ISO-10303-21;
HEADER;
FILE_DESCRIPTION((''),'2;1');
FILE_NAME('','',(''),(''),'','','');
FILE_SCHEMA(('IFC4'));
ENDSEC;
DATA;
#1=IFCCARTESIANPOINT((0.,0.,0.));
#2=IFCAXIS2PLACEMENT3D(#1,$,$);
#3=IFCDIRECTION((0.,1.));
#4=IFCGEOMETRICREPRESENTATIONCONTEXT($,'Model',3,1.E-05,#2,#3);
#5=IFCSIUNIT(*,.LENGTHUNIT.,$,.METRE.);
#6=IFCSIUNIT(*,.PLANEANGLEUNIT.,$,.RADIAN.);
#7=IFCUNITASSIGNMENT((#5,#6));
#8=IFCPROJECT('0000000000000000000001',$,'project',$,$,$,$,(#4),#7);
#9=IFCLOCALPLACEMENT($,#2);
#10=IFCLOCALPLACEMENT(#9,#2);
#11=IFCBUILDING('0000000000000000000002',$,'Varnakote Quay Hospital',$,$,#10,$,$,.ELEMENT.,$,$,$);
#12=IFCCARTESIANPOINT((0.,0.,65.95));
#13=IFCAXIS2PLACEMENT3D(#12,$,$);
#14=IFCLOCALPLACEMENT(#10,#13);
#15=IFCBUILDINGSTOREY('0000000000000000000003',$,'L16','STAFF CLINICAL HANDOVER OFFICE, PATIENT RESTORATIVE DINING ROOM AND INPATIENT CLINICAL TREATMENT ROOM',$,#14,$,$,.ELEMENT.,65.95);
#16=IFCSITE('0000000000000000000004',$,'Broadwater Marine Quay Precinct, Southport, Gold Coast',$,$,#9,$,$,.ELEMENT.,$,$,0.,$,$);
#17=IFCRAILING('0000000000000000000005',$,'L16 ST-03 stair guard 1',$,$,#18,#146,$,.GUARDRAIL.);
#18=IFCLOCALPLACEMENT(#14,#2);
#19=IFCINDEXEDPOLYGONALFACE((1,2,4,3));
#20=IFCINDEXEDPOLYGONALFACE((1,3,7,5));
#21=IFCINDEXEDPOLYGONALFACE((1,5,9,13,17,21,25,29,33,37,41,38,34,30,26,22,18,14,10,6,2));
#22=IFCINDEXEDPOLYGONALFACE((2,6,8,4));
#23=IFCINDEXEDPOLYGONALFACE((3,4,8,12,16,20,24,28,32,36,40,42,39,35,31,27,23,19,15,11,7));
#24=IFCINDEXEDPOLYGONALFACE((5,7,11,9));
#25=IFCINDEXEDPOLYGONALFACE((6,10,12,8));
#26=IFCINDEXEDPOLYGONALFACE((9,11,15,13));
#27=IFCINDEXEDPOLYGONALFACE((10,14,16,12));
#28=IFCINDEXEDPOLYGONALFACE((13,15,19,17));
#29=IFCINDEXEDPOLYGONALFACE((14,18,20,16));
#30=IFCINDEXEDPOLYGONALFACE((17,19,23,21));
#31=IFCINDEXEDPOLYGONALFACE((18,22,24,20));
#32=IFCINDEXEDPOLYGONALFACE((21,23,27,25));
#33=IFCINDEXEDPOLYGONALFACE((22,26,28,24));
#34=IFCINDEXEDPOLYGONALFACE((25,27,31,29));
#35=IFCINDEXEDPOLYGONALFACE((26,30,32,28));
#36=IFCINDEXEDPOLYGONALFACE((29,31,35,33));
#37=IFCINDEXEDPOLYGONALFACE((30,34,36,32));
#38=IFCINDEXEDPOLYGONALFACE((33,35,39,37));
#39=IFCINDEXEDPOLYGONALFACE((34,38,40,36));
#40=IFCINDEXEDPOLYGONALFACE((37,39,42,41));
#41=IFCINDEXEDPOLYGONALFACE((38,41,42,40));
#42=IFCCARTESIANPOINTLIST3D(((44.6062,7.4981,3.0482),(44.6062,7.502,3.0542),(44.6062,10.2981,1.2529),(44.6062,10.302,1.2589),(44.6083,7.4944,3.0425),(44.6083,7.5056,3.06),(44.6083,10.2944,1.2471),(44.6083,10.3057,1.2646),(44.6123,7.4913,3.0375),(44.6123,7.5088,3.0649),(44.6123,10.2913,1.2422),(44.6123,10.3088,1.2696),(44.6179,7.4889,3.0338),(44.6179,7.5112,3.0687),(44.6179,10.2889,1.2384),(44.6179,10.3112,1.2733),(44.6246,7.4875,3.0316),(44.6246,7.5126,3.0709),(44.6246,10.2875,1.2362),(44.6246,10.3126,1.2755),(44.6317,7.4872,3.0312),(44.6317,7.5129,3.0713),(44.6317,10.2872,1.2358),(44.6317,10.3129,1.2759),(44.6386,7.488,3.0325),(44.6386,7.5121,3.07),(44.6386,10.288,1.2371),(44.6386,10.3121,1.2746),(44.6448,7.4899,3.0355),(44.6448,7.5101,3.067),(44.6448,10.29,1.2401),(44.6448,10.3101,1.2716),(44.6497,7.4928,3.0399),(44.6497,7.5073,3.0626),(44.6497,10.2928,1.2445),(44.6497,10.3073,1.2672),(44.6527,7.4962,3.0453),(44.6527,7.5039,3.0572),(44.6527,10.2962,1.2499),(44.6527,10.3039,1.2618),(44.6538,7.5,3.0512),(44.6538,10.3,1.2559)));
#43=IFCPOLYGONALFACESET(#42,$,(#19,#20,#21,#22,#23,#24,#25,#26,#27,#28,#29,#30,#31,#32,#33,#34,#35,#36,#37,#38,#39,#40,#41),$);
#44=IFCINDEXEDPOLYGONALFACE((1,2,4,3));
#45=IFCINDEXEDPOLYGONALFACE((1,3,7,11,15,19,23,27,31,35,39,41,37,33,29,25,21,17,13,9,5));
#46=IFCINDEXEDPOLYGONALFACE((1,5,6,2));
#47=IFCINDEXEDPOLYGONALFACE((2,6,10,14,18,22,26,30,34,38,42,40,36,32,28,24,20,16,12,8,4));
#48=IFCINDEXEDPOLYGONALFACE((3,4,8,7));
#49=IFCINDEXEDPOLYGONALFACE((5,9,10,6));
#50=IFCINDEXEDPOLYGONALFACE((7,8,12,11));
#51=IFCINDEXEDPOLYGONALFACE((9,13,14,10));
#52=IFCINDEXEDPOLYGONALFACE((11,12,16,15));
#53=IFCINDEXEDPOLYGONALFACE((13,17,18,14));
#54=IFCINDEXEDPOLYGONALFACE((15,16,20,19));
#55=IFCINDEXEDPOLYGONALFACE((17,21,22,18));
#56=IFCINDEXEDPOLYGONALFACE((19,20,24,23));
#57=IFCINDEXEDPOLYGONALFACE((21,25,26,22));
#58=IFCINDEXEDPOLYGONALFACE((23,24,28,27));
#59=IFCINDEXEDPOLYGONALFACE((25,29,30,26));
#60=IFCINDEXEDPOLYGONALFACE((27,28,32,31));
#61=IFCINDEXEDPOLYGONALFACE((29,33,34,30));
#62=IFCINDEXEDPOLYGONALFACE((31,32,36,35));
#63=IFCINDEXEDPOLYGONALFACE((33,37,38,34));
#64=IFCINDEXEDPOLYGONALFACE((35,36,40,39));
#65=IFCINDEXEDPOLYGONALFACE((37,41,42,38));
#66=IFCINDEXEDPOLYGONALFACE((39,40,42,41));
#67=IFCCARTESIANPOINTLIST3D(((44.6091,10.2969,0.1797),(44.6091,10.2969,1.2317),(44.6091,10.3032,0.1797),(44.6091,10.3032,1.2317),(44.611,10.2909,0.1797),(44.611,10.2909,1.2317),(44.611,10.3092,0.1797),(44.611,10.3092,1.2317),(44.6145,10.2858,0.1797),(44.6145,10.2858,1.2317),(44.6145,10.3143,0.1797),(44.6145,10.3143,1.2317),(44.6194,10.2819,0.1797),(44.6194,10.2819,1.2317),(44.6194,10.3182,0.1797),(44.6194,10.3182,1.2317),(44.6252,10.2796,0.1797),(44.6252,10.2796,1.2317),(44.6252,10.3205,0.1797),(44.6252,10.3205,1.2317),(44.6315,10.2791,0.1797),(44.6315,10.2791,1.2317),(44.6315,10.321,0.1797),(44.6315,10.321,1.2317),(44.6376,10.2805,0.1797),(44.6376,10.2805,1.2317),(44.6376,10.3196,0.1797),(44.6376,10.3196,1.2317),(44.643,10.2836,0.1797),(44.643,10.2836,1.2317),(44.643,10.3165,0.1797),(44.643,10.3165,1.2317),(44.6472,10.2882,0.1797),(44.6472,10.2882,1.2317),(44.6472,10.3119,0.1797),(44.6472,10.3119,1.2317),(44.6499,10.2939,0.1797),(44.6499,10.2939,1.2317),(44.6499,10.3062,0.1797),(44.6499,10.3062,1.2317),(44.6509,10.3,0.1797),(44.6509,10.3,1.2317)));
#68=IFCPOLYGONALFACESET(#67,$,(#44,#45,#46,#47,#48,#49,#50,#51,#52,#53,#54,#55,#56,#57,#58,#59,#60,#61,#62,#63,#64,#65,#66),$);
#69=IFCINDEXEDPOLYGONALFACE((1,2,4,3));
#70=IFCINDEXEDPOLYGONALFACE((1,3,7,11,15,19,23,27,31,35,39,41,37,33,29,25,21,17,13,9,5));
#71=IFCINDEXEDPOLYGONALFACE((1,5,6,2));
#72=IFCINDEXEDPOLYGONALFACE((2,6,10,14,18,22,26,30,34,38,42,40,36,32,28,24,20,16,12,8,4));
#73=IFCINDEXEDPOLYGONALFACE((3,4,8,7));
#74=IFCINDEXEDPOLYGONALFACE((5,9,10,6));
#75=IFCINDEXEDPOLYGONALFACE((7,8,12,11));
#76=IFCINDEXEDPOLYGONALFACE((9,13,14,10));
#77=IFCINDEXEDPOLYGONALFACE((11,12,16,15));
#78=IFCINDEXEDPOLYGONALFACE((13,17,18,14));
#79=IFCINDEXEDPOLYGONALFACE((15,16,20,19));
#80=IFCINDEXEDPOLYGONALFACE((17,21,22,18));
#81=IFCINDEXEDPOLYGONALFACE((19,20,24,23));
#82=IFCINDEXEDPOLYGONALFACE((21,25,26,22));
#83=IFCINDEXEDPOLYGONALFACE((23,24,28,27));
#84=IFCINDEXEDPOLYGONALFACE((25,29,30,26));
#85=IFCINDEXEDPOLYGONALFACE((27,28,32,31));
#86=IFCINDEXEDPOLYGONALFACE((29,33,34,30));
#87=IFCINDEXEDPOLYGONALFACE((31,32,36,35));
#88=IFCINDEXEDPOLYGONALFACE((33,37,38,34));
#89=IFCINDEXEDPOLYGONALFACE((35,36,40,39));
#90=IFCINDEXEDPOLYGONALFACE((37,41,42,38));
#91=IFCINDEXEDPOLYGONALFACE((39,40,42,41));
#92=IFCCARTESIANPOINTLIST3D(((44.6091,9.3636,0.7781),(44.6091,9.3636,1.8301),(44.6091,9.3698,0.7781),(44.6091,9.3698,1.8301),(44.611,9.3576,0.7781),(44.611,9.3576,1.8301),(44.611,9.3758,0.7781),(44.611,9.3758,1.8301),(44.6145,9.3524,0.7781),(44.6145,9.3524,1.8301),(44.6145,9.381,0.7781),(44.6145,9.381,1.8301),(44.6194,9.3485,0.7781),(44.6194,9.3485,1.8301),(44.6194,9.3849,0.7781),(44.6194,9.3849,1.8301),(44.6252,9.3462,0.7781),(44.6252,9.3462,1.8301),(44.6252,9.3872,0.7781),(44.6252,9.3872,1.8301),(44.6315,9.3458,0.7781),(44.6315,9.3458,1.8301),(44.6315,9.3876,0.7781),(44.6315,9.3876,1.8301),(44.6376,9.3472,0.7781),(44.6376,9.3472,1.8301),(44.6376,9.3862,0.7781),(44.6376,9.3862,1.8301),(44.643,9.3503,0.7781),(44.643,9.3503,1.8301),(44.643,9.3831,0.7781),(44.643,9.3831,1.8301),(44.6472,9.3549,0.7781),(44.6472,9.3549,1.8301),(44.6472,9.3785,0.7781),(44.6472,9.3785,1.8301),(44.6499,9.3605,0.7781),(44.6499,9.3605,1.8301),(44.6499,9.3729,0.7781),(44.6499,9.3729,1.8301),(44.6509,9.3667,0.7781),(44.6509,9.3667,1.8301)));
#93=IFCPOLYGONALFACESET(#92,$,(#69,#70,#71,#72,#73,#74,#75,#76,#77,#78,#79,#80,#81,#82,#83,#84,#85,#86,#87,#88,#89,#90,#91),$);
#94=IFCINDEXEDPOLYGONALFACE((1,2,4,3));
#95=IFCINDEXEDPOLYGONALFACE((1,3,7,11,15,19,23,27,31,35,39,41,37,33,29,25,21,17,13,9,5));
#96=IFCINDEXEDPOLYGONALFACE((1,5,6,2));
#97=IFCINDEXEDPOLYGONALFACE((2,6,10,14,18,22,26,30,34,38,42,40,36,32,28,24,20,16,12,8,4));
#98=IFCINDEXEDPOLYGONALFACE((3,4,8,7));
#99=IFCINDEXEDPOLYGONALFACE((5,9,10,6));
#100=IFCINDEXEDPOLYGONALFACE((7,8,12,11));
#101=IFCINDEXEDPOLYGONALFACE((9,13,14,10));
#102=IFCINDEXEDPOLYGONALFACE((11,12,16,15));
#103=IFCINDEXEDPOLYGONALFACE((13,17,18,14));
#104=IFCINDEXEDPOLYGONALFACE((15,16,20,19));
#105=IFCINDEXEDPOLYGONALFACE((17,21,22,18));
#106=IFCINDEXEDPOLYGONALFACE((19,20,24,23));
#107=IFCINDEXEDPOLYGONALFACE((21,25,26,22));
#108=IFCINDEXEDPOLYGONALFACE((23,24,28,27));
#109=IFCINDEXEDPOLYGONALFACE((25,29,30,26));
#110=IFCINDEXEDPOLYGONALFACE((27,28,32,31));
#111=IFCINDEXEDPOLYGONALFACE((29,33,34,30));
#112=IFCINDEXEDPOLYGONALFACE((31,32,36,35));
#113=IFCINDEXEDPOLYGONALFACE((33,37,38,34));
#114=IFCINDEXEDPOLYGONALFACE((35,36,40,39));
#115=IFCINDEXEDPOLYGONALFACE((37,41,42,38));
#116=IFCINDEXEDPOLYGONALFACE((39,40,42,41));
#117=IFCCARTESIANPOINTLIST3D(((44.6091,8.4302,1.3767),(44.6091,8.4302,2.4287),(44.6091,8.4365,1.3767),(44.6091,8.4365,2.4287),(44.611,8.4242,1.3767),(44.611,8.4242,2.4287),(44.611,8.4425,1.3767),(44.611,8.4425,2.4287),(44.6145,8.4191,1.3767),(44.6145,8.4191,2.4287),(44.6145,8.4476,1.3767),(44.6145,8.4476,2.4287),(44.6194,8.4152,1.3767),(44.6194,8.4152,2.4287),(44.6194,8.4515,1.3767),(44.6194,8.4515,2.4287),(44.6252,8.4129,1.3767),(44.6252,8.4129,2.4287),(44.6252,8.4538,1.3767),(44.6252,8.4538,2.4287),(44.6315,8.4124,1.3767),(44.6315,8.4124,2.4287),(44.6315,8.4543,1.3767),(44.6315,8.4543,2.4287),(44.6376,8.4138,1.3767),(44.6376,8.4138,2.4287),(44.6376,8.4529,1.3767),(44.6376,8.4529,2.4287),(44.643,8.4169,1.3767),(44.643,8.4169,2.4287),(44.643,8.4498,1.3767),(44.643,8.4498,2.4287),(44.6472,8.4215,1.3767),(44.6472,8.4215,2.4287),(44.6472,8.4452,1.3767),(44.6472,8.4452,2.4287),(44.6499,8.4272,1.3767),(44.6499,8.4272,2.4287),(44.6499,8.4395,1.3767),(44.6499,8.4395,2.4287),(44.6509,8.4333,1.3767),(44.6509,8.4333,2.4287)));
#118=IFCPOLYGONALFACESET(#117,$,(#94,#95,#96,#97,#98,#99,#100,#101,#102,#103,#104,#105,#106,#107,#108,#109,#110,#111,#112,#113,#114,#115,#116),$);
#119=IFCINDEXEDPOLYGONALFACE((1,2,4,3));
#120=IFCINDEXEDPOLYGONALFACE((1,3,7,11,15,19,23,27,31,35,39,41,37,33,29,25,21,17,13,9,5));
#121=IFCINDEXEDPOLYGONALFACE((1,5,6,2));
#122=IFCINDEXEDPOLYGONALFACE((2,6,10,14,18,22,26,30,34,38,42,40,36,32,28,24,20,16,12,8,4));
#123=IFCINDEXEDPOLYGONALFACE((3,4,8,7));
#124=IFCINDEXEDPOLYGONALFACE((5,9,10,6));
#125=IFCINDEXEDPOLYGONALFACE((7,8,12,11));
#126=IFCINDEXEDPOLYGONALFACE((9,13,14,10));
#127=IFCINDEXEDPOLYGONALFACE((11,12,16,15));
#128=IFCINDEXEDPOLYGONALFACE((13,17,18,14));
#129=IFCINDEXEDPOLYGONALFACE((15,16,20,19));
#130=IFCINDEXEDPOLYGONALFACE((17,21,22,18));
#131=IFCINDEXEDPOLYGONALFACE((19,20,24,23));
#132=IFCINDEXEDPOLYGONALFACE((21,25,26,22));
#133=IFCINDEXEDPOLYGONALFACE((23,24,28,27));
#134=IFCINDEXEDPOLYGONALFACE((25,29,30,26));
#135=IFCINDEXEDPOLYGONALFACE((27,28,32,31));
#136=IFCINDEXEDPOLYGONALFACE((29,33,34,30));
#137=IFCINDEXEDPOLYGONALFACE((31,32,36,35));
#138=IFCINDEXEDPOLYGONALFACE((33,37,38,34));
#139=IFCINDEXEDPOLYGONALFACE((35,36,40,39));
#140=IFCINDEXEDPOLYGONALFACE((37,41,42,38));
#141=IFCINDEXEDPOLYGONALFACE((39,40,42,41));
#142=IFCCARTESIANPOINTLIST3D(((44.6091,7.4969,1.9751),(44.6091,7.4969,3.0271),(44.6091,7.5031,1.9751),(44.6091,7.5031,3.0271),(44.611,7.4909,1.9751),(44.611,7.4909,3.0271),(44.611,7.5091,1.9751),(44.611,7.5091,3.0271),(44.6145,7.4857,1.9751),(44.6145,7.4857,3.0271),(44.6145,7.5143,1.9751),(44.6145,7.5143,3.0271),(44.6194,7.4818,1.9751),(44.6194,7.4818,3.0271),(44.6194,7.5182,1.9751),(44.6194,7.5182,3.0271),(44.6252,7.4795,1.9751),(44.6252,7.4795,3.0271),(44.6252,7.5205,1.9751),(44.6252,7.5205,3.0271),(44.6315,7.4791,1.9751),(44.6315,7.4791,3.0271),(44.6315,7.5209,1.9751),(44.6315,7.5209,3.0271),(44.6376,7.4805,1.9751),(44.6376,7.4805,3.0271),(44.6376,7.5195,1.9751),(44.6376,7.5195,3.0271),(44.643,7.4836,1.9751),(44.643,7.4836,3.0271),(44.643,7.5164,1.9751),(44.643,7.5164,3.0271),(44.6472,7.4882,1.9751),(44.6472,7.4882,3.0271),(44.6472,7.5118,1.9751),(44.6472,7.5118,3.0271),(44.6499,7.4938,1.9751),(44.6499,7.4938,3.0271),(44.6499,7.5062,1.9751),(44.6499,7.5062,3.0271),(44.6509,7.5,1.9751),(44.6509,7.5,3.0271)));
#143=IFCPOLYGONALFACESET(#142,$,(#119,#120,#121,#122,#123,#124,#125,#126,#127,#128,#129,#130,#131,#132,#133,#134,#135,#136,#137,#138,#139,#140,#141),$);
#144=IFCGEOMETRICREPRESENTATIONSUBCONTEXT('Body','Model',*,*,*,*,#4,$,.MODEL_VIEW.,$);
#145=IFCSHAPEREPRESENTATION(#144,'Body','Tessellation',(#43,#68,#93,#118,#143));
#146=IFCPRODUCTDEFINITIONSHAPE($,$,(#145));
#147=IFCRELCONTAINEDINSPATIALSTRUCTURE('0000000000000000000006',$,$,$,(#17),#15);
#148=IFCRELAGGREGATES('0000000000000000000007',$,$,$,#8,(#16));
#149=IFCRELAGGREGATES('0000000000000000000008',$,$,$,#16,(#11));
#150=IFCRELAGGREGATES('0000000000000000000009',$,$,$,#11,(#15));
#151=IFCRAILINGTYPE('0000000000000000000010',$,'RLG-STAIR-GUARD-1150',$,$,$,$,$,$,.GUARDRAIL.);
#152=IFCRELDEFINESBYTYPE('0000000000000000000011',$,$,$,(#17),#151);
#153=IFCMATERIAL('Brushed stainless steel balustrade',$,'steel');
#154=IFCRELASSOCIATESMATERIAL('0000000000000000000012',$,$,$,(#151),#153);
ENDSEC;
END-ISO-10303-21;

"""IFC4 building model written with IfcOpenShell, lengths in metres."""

from ifc_helpers import new_model, si_unit, direction, frame, origin, origin_2d, place, context, subcontext, project, spatial, circle, extrude, material, type_object, element, save


model = new_model("IFC4")

# Units and contexts
model_context = context("Model", 3, precision=1e-05, world=origin(), true_north=direction((0.0, 1.0)))
body_context = subcontext(model_context, "Body", "Model", "MODEL_VIEW")
ifc_project = project(units=[si_unit("LENGTHUNIT", "METRE"), si_unit("PLANEANGLEUNIT", "RADIAN")], contexts=[model_context])

# Site, building, storey
site_placement = place(None, origin())
site = spatial("IfcSite", under=ifc_project, at=site_placement, Name="Broadwater Marine Quay Precinct, Southport, Gold Coast", CompositionType="ELEMENT", RefElevation=0.0)
building_placement = place(site_placement, origin())
building = spatial("IfcBuilding", under=site, at=building_placement, Name="Varnakote Quay Hospital", CompositionType="ELEMENT")
storey_placement = place(building_placement, frame((0.0, 0.0, 65.95)))
storey = spatial("IfcBuildingStorey", under=building, at=storey_placement, Name="L16", Description="STAFF CLINICAL HANDOVER OFFICE, PATIENT RESTORATIVE DINING ROOM AND INPATIENT CLINICAL TREATMENT ROOM", CompositionType="ELEMENT", Elevation=65.95)

# Railing
ifc_material_1 = material(Name="Brushed stainless steel balustrade", Category="steel")
railing_type_1 = type_object("IfcRailingType", Name="RLG-STAIR-GUARD-1150", PredefinedType="GUARDRAIL", material=ifc_material_1)
railing_1_placement = place(storey_placement, frame((44.6299, 10.3, 0.1797)))
element("IfcRailing", 1, at=railing_1_placement, inside=storey, type_object=railing_type_1, Name="L16 ST-03 stair guard 1", PredefinedType="GUARDRAIL", context=body_context, shape_type="SweptSolid", body=[
    extrude(circle(Radius=0.0239, at=origin_2d()), frame((0.0, 0.0, 1.0762), z_axis=(0.0, -0.84181, 0.539774), x_axis=(1.0, 0.0, 0.0)), (0.0, 0.0, 1.0), 3.3262),
    extrude(circle(Radius=0.021, at=origin_2d()), origin(), (0.0, 0.0, 1.0), 1.052),
    extrude(circle(Radius=0.021, at=origin_2d()), frame((0.0, -0.9333, 0.5984)), (0.0, 0.0, 1.0), 1.052),
    extrude(circle(Radius=0.021, at=origin_2d()), frame((0.0, -1.8667, 1.197)), (0.0, 0.0, 1.0), 1.052),
    extrude(circle(Radius=0.021, at=origin_2d()), frame((0.0, -2.8, 1.7954)), (0.0, 0.0, 1.0), 1.052),
])

save(model, "model.ifc")
